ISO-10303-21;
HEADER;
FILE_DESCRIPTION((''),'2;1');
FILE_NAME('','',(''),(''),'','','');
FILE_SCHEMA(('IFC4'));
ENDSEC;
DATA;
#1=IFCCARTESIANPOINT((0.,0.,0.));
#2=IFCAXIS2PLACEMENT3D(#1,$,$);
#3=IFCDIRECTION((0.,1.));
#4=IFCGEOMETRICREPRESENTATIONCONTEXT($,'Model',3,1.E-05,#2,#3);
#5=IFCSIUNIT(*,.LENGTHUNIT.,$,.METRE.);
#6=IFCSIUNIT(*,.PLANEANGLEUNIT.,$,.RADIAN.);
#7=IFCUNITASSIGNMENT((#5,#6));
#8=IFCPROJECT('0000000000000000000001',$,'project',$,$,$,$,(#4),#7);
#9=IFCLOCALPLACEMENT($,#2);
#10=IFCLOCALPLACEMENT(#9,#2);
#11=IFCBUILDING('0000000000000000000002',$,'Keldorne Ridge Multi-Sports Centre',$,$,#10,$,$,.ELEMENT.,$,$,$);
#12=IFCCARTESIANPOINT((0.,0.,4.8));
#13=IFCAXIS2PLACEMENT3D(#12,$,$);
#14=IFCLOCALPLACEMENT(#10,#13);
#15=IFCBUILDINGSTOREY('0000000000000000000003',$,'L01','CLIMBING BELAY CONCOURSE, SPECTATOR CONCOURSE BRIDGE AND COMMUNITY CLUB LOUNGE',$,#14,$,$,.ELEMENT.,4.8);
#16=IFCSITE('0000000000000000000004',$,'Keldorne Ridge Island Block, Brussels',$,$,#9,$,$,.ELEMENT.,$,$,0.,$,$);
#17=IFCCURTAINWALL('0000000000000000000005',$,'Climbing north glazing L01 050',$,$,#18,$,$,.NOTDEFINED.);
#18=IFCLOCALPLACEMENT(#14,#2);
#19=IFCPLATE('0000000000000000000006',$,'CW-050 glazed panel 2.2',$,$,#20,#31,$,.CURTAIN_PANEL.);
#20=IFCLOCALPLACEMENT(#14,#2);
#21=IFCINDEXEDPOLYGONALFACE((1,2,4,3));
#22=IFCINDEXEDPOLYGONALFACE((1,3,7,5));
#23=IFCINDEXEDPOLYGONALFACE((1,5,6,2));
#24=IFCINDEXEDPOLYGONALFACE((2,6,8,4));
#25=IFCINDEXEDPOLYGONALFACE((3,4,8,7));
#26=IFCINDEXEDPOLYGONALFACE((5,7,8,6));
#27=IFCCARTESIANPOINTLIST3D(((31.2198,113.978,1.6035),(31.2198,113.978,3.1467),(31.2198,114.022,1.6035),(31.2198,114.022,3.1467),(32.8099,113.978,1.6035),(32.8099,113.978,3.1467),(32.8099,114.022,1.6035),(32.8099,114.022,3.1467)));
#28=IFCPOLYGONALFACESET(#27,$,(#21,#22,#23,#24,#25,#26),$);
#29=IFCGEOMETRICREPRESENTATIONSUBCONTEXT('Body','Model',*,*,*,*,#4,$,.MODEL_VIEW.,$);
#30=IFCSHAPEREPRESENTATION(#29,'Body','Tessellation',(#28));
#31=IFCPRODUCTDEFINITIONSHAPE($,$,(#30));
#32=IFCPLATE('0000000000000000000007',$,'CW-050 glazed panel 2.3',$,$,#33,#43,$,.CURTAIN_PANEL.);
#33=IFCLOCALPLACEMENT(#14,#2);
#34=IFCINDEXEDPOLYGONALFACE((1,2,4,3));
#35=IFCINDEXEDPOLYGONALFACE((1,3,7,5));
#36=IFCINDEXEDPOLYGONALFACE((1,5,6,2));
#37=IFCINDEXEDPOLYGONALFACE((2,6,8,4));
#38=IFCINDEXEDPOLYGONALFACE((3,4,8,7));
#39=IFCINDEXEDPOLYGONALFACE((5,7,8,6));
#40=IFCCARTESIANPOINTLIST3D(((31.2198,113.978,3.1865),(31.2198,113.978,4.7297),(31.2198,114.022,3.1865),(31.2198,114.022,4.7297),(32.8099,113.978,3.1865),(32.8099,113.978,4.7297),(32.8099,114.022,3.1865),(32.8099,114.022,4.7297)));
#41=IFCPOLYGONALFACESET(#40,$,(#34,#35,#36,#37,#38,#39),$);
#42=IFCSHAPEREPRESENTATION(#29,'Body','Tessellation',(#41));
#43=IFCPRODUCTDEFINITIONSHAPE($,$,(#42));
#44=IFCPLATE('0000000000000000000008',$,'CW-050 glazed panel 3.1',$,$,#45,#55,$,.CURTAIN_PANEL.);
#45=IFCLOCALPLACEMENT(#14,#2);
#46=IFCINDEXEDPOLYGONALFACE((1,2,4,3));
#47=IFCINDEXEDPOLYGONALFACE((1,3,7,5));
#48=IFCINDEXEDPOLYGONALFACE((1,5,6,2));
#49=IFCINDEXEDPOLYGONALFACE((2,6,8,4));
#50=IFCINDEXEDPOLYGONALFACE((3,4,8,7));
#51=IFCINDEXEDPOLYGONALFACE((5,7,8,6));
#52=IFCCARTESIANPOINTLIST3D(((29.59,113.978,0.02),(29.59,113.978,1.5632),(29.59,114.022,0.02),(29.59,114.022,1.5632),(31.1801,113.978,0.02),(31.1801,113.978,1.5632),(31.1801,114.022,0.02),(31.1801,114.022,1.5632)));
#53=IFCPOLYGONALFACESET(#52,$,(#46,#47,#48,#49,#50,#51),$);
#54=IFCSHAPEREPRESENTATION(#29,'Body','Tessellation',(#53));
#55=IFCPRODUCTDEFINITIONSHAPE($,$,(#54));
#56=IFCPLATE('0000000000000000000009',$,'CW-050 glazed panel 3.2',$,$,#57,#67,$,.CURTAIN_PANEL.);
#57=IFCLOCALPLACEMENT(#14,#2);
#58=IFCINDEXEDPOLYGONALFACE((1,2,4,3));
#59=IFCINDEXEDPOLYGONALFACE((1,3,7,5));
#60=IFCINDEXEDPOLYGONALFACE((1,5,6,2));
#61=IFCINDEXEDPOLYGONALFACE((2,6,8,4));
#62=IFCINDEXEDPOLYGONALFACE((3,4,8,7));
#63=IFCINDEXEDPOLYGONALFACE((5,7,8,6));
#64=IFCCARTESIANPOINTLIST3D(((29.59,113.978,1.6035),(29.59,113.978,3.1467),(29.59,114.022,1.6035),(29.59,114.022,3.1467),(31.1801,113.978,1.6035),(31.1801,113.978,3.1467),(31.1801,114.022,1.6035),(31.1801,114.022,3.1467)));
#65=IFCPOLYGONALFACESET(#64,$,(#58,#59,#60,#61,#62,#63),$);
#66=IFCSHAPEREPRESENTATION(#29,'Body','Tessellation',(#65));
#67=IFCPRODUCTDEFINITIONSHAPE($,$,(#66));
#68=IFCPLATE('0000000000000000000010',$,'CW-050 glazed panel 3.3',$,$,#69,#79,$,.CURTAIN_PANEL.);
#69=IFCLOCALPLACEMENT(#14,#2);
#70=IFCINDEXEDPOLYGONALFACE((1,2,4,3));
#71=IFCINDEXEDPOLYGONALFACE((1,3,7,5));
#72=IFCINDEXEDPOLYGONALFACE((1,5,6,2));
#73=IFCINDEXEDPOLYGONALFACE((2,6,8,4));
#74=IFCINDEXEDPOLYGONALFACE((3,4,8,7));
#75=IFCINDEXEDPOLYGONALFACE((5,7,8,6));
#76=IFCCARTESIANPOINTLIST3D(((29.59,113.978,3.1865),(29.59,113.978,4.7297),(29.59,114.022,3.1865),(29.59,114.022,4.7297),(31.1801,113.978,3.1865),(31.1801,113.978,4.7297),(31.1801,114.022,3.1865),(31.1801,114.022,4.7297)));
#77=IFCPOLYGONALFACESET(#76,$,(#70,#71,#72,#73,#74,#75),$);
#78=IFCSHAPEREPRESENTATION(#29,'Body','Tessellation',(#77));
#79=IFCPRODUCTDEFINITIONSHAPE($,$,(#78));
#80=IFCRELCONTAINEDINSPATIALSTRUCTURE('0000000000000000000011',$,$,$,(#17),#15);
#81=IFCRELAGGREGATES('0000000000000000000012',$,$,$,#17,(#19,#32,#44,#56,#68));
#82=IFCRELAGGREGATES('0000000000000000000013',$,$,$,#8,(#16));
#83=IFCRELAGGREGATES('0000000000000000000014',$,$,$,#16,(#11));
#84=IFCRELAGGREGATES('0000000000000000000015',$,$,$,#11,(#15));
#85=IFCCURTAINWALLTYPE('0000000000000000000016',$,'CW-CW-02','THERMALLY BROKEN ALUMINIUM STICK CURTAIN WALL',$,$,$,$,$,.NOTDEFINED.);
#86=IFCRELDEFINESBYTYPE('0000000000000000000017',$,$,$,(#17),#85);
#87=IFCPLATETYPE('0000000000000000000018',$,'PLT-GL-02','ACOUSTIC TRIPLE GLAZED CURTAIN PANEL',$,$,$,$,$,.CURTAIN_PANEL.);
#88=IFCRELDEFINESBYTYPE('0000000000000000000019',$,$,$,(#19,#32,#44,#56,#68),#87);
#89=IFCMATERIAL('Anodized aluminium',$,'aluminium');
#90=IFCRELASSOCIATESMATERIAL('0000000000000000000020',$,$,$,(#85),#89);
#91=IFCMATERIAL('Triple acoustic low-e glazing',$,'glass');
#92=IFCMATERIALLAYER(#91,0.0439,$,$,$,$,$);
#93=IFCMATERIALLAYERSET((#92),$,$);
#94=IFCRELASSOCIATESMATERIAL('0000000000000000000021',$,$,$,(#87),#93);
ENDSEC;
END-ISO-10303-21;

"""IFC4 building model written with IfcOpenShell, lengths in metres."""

from ifc_helpers import new_model, si_unit, direction, frame, origin, origin_2d, place, context, subcontext, project, spatial, rectangle, extrude, material, layer, layer_set, type_object, element, aggregate, save


model = new_model("IFC4")

# Units and contexts
model_context = context("Model", 3, precision=1e-05, world=origin(), true_north=direction((0.0, 1.0)))
body_context = subcontext(model_context, "Body", "Model", "MODEL_VIEW")
ifc_project = project(units=[si_unit("LENGTHUNIT", "METRE"), si_unit("PLANEANGLEUNIT", "RADIAN")], contexts=[model_context])

# Site, building, storey
site_placement = place(None, origin())
site = spatial("IfcSite", under=ifc_project, at=site_placement, Name="Keldorne Ridge Island Block, Brussels", CompositionType="ELEMENT", RefElevation=0.0)
building_placement = place(site_placement, origin())
building = spatial("IfcBuilding", under=site, at=building_placement, Name="Keldorne Ridge Multi-Sports Centre", CompositionType="ELEMENT")
storey_placement = place(building_placement, frame((0.0, 0.0, 4.8)))
storey = spatial("IfcBuildingStorey", under=building, at=storey_placement, Name="L01", Description="CLIMBING BELAY CONCOURSE, SPECTATOR CONCOURSE BRIDGE AND COMMUNITY CLUB LOUNGE", CompositionType="ELEMENT", Elevation=4.8)

# Curtain wall
ifc_material_1 = material(Name="Anodized aluminium", Category="aluminium")
curtain_wall_type_1 = type_object("IfcCurtainWallType", Name="CW-CW-02", Description="THERMALLY BROKEN ALUMINIUM STICK CURTAIN WALL", PredefinedType="NOTDEFINED", material=ifc_material_1)
curtain_wall_1_placement = place(storey_placement, origin())
curtain_wall_1 = element("IfcCurtainWall", 1, at=curtain_wall_1_placement, inside=storey, type_object=curtain_wall_type_1, Name="Climbing north glazing L01 050", PredefinedType="NOTDEFINED")

# Plates
ifc_material_2 = material(Name="Triple acoustic low-e glazing", Category="glass")
ifc_layer = layer(ifc_material_2, 0.0439)
ifc_layer_set = layer_set([ifc_layer])
plate_type = type_object("IfcPlateType", Name="PLT-GL-02", Description="ACOUSTIC TRIPLE GLAZED CURTAIN PANEL", PredefinedType="CURTAIN_PANEL", material=ifc_layer_set)
plate_1_placement = place(storey_placement, frame((32.0149, 114.0, 1.6035), z_axis=(0.0, 0.0, 1.0), x_axis=(-1.0, 0.0, 0.0)))
plate_1 = element("IfcPlate", 2, at=plate_1_placement, type_object=plate_type, Name="CW-050 glazed panel 2.2", PredefinedType="CURTAIN_PANEL", context=body_context, shape_type="SweptSolid", body=[
    extrude(rectangle(XDim=1.5901, YDim=0.0439, at=origin_2d()), origin(), (0.0, 0.0, 1.0), 1.5432),
])
plate_2_placement = place(storey_placement, frame((32.0149, 114.0, 3.1865), z_axis=(0.0, 0.0, 1.0), x_axis=(-1.0, 0.0, 0.0)))
plate_2 = element("IfcPlate", 3, at=plate_2_placement, type_object=plate_type, Name="CW-050 glazed panel 2.3", PredefinedType="CURTAIN_PANEL", context=body_context, shape_type="SweptSolid", body=[
    extrude(rectangle(XDim=1.5901, YDim=0.0439, at=origin_2d()), origin(), (0.0, 0.0, 1.0), 1.5432),
])
plate_3_placement = place(storey_placement, frame((30.385, 114.0, 0.02), z_axis=(0.0, 0.0, 1.0), x_axis=(-1.0, 0.0, 0.0)))
plate_3 = element("IfcPlate", 4, at=plate_3_placement, type_object=plate_type, Name="CW-050 glazed panel 3.1", PredefinedType="CURTAIN_PANEL", context=body_context, shape_type="SweptSolid", body=[
    extrude(rectangle(XDim=1.5901, YDim=0.0439, at=origin_2d()), origin(), (0.0, 0.0, 1.0), 1.5432),
])
plate_4_placement = place(storey_placement, frame((30.385, 114.0, 1.6035), z_axis=(0.0, 0.0, 1.0), x_axis=(-1.0, 0.0, 0.0)))
plate_4 = element("IfcPlate", 5, at=plate_4_placement, type_object=plate_type, Name="CW-050 glazed panel 3.2", PredefinedType="CURTAIN_PANEL", context=body_context, shape_type="SweptSolid", body=[
    extrude(rectangle(XDim=1.5901, YDim=0.0439, at=origin_2d()), origin(), (0.0, 0.0, 1.0), 1.5432),
])
plate_5_placement = place(storey_placement, frame((30.385, 114.0, 3.1865), z_axis=(0.0, 0.0, 1.0), x_axis=(-1.0, 0.0, 0.0)))
plate_5 = element("IfcPlate", 6, at=plate_5_placement, type_object=plate_type, Name="CW-050 glazed panel 3.3", PredefinedType="CURTAIN_PANEL", context=body_context, shape_type="SweptSolid", body=[
    extrude(rectangle(XDim=1.5901, YDim=0.0439, at=origin_2d()), origin(), (0.0, 0.0, 1.0), 1.5432),
])
aggregate(curtain_wall_1, [plate_1, plate_2, plate_3, plate_4, plate_5])

save(model, "model.ifc")
